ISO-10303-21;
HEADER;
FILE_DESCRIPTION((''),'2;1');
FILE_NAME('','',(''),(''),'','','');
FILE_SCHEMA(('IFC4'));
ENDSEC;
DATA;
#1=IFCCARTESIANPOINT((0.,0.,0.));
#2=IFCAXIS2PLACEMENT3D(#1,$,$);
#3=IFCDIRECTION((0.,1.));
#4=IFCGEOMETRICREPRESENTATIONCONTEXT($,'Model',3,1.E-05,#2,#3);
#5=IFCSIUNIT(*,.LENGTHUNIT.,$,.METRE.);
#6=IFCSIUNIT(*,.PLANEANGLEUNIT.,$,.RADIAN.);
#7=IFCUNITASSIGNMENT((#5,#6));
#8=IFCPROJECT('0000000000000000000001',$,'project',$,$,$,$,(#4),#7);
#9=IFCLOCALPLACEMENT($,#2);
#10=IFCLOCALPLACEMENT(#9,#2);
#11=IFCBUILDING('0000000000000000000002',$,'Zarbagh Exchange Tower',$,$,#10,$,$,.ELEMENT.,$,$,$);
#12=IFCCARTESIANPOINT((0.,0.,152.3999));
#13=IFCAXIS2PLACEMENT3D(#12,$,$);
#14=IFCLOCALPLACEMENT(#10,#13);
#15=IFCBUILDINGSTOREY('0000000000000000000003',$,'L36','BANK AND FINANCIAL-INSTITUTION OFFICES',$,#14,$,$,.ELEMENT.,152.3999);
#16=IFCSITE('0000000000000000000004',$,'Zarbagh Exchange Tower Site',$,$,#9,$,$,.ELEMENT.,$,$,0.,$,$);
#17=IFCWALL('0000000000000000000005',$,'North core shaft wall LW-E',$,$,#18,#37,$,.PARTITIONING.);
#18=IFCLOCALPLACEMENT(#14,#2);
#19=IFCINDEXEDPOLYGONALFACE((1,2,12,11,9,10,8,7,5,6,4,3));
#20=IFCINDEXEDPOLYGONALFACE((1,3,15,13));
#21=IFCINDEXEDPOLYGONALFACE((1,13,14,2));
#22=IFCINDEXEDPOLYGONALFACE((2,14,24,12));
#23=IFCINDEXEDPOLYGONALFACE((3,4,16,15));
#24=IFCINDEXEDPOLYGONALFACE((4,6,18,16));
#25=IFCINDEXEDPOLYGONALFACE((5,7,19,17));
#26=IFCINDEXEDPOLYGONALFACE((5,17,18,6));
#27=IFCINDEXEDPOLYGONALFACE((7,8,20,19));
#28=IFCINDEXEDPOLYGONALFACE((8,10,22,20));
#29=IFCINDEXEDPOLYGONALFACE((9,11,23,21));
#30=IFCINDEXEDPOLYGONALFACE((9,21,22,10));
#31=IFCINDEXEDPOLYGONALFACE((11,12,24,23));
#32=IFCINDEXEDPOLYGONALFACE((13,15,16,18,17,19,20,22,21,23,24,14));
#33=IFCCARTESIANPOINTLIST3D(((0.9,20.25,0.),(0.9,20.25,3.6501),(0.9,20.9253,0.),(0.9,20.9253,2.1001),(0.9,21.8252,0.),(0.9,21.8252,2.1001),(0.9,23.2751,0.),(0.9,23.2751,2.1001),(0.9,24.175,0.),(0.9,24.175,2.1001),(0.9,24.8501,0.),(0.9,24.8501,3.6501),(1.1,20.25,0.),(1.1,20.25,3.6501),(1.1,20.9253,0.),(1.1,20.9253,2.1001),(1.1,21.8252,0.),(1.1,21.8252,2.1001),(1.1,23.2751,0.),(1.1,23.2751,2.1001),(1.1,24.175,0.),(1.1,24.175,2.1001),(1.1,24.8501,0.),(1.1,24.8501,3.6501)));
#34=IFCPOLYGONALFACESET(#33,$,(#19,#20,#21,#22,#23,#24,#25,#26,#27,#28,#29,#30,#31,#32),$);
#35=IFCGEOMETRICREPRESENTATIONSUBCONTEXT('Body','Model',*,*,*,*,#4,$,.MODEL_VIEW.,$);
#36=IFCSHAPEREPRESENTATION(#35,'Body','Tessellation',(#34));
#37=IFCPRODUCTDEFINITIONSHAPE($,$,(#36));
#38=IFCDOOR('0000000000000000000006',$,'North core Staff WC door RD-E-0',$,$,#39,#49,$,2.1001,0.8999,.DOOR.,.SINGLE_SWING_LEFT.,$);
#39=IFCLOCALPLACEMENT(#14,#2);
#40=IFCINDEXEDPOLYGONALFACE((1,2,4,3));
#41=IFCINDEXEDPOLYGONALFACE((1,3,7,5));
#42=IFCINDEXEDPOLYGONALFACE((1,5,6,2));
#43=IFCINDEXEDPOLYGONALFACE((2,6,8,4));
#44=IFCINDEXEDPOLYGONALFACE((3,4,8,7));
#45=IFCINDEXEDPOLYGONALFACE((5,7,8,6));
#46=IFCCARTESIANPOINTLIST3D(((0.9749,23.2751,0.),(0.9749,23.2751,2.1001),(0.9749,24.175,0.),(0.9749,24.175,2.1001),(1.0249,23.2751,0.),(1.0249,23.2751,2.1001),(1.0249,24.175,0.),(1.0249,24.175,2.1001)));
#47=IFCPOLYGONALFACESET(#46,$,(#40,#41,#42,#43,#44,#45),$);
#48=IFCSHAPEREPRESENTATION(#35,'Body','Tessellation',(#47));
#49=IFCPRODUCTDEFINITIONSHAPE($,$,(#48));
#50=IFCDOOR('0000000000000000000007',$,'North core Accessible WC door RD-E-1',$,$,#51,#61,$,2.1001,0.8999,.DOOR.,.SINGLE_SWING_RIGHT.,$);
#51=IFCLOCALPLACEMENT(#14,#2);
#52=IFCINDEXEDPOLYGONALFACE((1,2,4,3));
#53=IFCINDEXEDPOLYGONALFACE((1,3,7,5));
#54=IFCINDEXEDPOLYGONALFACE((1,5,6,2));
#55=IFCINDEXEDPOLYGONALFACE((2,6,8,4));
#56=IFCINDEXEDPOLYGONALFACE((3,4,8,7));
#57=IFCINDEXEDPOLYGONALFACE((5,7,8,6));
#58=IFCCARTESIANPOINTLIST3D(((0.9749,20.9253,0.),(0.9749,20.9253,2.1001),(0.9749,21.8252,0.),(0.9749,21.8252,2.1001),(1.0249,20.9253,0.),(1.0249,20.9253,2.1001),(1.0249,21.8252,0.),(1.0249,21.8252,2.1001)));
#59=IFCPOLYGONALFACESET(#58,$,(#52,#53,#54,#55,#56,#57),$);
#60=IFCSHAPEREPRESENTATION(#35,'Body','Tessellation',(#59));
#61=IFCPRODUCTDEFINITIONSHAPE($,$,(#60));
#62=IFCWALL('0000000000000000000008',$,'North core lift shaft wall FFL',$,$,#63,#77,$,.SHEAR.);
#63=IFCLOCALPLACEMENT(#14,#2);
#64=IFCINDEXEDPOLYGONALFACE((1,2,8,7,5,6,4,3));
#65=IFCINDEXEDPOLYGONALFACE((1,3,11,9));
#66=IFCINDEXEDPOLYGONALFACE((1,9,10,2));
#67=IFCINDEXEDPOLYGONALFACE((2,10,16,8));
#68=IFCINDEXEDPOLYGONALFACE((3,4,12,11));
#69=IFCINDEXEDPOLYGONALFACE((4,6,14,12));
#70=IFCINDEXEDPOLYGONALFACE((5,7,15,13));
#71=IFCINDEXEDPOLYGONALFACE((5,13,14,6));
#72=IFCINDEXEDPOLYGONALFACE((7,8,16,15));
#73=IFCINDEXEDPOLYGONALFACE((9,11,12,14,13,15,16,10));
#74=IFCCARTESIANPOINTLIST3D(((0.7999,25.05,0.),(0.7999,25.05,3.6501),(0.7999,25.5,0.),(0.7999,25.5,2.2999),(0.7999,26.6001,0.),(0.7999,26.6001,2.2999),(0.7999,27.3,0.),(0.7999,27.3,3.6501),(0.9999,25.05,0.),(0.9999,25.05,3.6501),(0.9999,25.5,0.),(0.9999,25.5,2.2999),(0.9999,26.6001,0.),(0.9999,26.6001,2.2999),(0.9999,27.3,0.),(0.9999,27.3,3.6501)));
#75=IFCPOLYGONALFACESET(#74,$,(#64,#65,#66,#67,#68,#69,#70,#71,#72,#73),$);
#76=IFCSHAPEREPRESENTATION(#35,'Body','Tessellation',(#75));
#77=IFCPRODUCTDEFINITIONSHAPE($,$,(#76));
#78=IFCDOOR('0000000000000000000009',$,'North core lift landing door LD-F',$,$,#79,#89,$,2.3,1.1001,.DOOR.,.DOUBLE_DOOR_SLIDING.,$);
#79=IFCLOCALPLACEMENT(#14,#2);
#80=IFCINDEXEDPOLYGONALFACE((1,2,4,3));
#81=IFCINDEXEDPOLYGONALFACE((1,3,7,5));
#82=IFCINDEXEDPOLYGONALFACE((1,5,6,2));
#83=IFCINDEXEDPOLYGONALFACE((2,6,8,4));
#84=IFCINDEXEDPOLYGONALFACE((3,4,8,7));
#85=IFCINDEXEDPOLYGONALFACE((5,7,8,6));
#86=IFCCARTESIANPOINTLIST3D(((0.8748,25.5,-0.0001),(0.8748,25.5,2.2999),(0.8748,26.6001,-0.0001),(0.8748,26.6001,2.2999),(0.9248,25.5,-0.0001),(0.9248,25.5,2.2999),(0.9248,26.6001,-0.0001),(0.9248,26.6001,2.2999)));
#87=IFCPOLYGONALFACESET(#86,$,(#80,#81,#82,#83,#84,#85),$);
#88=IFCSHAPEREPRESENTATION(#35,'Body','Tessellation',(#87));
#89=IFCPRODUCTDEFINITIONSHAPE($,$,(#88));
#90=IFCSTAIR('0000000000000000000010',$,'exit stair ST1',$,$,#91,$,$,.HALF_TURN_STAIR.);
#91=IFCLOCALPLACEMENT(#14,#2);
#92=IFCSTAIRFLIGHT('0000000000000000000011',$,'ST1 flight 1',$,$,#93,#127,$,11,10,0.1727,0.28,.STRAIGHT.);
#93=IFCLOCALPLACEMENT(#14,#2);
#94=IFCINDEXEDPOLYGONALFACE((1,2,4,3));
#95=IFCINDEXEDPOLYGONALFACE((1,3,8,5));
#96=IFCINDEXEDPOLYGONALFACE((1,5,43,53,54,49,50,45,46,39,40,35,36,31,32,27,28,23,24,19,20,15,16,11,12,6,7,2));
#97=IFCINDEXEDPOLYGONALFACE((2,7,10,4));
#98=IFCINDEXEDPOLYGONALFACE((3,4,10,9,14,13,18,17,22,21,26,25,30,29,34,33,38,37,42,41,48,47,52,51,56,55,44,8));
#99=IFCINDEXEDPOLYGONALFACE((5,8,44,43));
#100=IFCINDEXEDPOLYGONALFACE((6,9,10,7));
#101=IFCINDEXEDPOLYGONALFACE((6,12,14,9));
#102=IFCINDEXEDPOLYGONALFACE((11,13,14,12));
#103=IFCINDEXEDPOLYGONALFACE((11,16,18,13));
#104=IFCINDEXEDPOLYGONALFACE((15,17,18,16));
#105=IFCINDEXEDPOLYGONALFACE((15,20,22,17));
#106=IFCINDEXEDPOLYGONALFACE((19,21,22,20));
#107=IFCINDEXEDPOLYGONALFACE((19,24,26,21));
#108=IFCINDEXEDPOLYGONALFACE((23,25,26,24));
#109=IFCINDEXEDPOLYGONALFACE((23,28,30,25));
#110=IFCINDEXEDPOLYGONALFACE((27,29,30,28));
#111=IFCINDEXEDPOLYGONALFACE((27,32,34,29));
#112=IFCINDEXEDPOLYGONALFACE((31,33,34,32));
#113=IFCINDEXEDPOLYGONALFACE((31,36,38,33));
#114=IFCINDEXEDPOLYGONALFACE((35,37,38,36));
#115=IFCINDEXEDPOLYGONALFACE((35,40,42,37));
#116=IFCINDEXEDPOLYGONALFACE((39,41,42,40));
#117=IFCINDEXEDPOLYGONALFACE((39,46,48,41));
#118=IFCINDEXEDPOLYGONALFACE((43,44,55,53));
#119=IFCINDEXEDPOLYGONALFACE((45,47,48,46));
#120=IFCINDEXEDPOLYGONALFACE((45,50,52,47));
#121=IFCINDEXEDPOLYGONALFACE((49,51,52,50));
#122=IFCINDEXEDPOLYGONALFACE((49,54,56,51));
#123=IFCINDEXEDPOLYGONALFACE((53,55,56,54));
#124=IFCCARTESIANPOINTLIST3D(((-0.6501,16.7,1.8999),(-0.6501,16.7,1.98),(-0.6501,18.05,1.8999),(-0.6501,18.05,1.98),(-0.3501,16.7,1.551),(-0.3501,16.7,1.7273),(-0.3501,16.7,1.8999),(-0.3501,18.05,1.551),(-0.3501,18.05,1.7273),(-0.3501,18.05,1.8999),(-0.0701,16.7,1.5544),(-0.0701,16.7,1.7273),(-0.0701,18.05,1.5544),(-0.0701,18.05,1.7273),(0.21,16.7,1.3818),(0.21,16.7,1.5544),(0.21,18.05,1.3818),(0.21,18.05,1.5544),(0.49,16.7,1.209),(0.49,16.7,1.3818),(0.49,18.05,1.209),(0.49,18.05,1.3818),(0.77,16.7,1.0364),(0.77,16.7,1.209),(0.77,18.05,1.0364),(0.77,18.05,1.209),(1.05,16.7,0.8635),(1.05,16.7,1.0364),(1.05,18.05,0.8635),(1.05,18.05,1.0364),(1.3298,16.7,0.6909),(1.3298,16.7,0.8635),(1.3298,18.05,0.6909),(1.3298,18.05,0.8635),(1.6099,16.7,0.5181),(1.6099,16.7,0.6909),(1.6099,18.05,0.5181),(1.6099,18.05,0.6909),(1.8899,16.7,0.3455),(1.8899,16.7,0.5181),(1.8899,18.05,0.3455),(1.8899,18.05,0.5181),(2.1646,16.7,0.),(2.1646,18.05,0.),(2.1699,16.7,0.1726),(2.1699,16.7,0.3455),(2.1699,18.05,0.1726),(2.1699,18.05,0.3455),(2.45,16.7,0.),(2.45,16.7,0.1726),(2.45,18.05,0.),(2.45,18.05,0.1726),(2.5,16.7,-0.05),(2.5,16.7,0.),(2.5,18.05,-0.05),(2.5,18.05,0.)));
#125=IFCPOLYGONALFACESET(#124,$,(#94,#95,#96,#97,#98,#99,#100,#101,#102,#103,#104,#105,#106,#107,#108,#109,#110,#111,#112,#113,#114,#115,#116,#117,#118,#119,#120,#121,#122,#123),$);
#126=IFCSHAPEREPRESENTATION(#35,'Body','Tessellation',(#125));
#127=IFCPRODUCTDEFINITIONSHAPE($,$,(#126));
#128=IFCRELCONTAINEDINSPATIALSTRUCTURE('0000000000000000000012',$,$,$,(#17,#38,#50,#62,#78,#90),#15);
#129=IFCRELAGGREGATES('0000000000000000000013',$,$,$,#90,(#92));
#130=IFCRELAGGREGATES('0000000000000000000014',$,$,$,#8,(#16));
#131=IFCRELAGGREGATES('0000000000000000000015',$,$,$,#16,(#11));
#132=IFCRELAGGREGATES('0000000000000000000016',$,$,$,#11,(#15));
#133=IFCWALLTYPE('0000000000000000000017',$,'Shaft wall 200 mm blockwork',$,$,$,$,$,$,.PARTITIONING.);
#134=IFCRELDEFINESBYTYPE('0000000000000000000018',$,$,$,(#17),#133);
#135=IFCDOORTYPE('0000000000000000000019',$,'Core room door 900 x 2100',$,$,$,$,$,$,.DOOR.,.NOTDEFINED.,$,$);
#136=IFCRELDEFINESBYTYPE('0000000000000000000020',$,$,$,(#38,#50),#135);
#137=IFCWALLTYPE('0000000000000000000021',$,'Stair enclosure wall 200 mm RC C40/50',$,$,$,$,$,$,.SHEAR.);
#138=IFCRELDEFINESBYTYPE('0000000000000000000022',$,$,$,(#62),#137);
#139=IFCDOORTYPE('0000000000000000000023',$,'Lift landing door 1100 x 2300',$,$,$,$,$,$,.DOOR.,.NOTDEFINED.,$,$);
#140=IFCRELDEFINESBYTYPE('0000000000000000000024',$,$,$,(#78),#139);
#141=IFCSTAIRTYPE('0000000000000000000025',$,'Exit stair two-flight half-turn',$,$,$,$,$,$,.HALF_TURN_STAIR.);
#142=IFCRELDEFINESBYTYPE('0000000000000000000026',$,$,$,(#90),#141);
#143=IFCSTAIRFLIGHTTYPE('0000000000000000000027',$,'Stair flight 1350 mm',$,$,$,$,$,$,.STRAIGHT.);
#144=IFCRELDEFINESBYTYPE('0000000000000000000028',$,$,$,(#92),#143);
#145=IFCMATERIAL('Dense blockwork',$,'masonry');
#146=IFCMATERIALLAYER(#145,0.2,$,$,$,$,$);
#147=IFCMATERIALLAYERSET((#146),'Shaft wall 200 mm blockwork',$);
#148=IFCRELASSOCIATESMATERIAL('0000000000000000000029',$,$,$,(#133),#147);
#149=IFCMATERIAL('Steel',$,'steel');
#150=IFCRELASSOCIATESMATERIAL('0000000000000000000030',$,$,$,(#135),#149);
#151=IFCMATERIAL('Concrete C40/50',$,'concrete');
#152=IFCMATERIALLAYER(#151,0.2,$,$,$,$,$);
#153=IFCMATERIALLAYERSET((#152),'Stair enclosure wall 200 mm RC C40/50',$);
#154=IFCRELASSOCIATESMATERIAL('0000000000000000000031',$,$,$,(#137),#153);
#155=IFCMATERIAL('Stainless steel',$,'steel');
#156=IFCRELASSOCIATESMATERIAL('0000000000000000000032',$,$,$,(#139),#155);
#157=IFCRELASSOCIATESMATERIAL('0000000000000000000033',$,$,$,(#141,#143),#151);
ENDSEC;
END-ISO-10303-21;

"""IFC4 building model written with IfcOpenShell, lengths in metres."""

from ifc_helpers import new_model, si_unit, direction, frame, frame_2d, origin, place, context, subcontext, project, spatial, polyline, rectangle, outline, extrude, material, layer, layer_set, type_object, element, fill, aggregate, save


model = new_model("IFC4")

# Units and contexts
model_context = context("Model", 3, precision=1e-05, world=origin(), true_north=direction((0.0, 1.0)))
body_context = subcontext(model_context, "Body", "Model", "MODEL_VIEW")
ifc_project = project(units=[si_unit("LENGTHUNIT", "METRE"), si_unit("PLANEANGLEUNIT", "RADIAN")], contexts=[model_context])

# Site, building, storey
site_placement = place(None, origin())
site = spatial("IfcSite", under=ifc_project, at=site_placement, Name="Zarbagh Exchange Tower Site", CompositionType="ELEMENT", RefElevation=0.0)
building_placement = place(site_placement, origin())
building = spatial("IfcBuilding", under=site, at=building_placement, Name="Zarbagh Exchange Tower", CompositionType="ELEMENT")
storey_placement = place(building_placement, frame((0.0, 0.0, 152.3999)))
storey = spatial("IfcBuildingStorey", under=building, at=storey_placement, Name="L36", Description="BANK AND FINANCIAL-INSTITUTION OFFICES", CompositionType="ELEMENT", Elevation=152.3999)

# Shared definitions
ifc_material_1 = material(Name="Dense blockwork", Category="masonry")

# Shared definitions
ifc_material_2 = material(Name="Steel", Category="steel")

# Shared definitions
ifc_layer_1 = layer(ifc_material_1, 0.2)
ifc_layer_set_1 = layer_set([ifc_layer_1], Name="Shaft wall 200 mm blockwork")
wall_type_1 = type_object("IfcWallType", Name="Shaft wall 200 mm blockwork", PredefinedType="PARTITIONING", material=ifc_layer_set_1)

# Wall, openings, doors
wall_1_placement = place(storey_placement, frame((1.0, 24.8501, 0.0), z_axis=(0.0, 0.0, 1.0), x_axis=(0.0, -1.0, 0.0)))
wall_1 = element("IfcWall", 1, at=wall_1_placement, inside=storey, type_object=wall_type_1, Name="North core shaft wall LW-E", PredefinedType="PARTITIONING", context=body_context, shape_type="SweptSolid", body=[
    extrude(rectangle(XDim=4.6001, YDim=0.2, at=frame_2d((2.3, 0.0))), origin(), (0.0, 0.0, 1.0), 3.6501),
])
opening_1_placement = place(wall_1_placement, frame((0.675, 0.0, 0.0)))
opening_1 = element("IfcOpeningElement", 2, at=opening_1_placement, cuts=wall_1, PredefinedType="OPENING", context=body_context, shape_type="SweptSolid", body=[
    extrude(rectangle(XDim=0.8999, YDim=2.1001, at=frame_2d((0.45, 1.05))), frame((0.0, 0.1099, 0.0), z_axis=(0.0, -1.0, 0.0), x_axis=(1.0, 0.0, 0.0)), (0.0, 0.0, 1.0), 0.22),
])
opening_2_placement = place(wall_1_placement, frame((3.0249, 0.0, 0.0)))
opening_2 = element("IfcOpeningElement", 3, at=opening_2_placement, cuts=wall_1, PredefinedType="OPENING", context=body_context, shape_type="SweptSolid", body=[
    extrude(rectangle(XDim=0.8999, YDim=2.1001, at=frame_2d((0.45, 1.05))), frame((0.0, 0.1099, 0.0), z_axis=(0.0, -1.0, 0.0), x_axis=(1.0, 0.0, 0.0)), (0.0, 0.0, 1.0), 0.22),
])
door_type_1 = type_object("IfcDoorType", Name="Core room door 900 x 2100", OperationType="NOTDEFINED", PredefinedType="DOOR", material=ifc_material_2)
door_1_placement = place(opening_1_placement, origin())
door_1 = element("IfcDoor", 4, at=door_1_placement, inside=storey, type_object=door_type_1, Name="North core Staff WC door RD-E-0", OperationType="SINGLE_SWING_LEFT", OverallHeight=2.1001, OverallWidth=0.8999, PredefinedType="DOOR", context=body_context, shape_type="SweptSolid", body=[
    extrude(rectangle(XDim=0.8999, YDim=2.1001, at=frame_2d((0.45, 1.05))), frame((0.0, 0.0249, 0.0), z_axis=(0.0, -1.0, 0.0), x_axis=(1.0, 0.0, 0.0)), (0.0, 0.0, 1.0), 0.05),
])
fill(opening_1, door_1)
door_2_placement = place(opening_2_placement, origin())
door_2 = element("IfcDoor", 5, at=door_2_placement, inside=storey, type_object=door_type_1, Name="North core Accessible WC door RD-E-1", OperationType="SINGLE_SWING_RIGHT", OverallHeight=2.1001, OverallWidth=0.8999, PredefinedType="DOOR", context=body_context, shape_type="SweptSolid", body=[
    extrude(rectangle(XDim=0.8999, YDim=2.1001, at=frame_2d((0.45, 1.05))), frame((0.0, 0.0249, 0.0), z_axis=(0.0, -1.0, 0.0), x_axis=(1.0, 0.0, 0.0)), (0.0, 0.0, 1.0), 0.05),
])
fill(opening_2, door_2)

# Wall, opening, door
ifc_material_3 = material(Name="Concrete C40/50", Category="concrete")
ifc_layer_2 = layer(ifc_material_3, 0.2)
ifc_layer_set_2 = layer_set([ifc_layer_2], Name="Stair enclosure wall 200 mm RC C40/50")
wall_type_2 = type_object("IfcWallType", Name="Stair enclosure wall 200 mm RC C40/50", PredefinedType="SHEAR", material=ifc_layer_set_2)
wall_2_placement = place(storey_placement, frame((0.8999, 27.3, 0.0), z_axis=(0.0, 0.0, 1.0), x_axis=(0.0, -1.0, 0.0)))
wall_2 = element("IfcWall", 6, at=wall_2_placement, inside=storey, type_object=wall_type_2, Name="North core lift shaft wall FFL", PredefinedType="SHEAR", context=body_context, shape_type="SweptSolid", body=[
    extrude(rectangle(XDim=2.25, YDim=0.2, at=frame_2d((1.125, 0.0))), origin(), (0.0, 0.0, 1.0), 3.6501),
])
opening_3_placement = place(wall_2_placement, frame((0.7, 0.0, 0.0)))
opening_3 = element("IfcOpeningElement", 7, at=opening_3_placement, cuts=wall_2, PredefinedType="OPENING", context=body_context, shape_type="SweptSolid", body=[
    extrude(rectangle(XDim=1.1001, YDim=2.3, at=frame_2d((0.55, 1.1499))), frame((0.0, 0.1099, 0.0), z_axis=(0.0, -1.0, 0.0), x_axis=(1.0, 0.0, 0.0)), (0.0, 0.0, 1.0), 0.22),
])
ifc_material_4 = material(Name="Stainless steel", Category="steel")
door_type_2 = type_object("IfcDoorType", Name="Lift landing door 1100 x 2300", OperationType="NOTDEFINED", PredefinedType="DOOR", material=ifc_material_4)
door_3_placement = place(opening_3_placement, origin())
door_3 = element("IfcDoor", 8, at=door_3_placement, inside=storey, type_object=door_type_2, Name="North core lift landing door LD-F", OperationType="DOUBLE_DOOR_SLIDING", OverallHeight=2.3, OverallWidth=1.1001, PredefinedType="DOOR", context=body_context, shape_type="SweptSolid", body=[
    extrude(rectangle(XDim=1.1001, YDim=2.3, at=frame_2d((0.55, 1.1499))), frame((0.0, 0.0249, 0.0), z_axis=(0.0, -1.0, 0.0), x_axis=(1.0, 0.0, 0.0)), (0.0, 0.0, 1.0), 0.05),
])
fill(opening_3, door_3)

# Stair, stair flight
stair_type = type_object("IfcStairType", Name="Exit stair two-flight half-turn", PredefinedType="HALF_TURN_STAIR", material=ifc_material_3)
stair_placement = place(storey_placement, origin())
stair = element("IfcStair", 9, at=stair_placement, inside=storey, type_object=stair_type, Name="exit stair ST1", PredefinedType="HALF_TURN_STAIR")
stair_flight_type = type_object("IfcStairFlightType", Name="Stair flight 1350 mm", PredefinedType="STRAIGHT", material=ifc_material_3)
stair_flight_placement = place(storey_placement, frame((2.45, 17.375, 0.0), z_axis=(0.0, 0.0, 1.0), x_axis=(-1.0, 0.0, 0.0)))
stair_flight = element("IfcStairFlight", 10, at=stair_flight_placement, type_object=stair_flight_type, Name="ST1 flight 1", NumberOfRisers=11, NumberOfTreads=10, PredefinedType="STRAIGHT", RiserHeight=0.1727, TreadLength=0.28, context=body_context, shape_type="SweptSolid", body=[
    extrude(outline(polyline([(-0.05, -0.05), (-0.05, 0.0), (0.0, 0.0), (0.0, 0.1726), (0.28, 0.1726), (0.28, 0.3455), (0.5601, 0.3455), (0.5601, 0.5181), (0.8401, 0.5181), (0.8401, 0.6909), (1.1201, 0.6909), (1.1201, 0.8635), (1.3999, 0.8635), (1.3999, 1.0364), (1.6799, 1.0364), (1.6799, 1.209), (1.96, 1.209), (1.96, 1.3818), (2.24, 1.3818), (2.24, 1.5544), (2.52, 1.5544), (2.52, 1.7273), (2.8, 1.7273), (2.8, 1.8999), (3.1001, 1.98), (3.1001, 1.8999), (2.8, 1.551), (0.2854, 0.0), (-0.05, -0.05)])), frame((0.0, 0.675, 0.0), z_axis=(0.0, -1.0, 0.0), x_axis=(1.0, 0.0, 0.0)), (0.0, 0.0, 1.0), 1.3501),
])
aggregate(stair, [stair_flight])

save(model, "model.ifc")
